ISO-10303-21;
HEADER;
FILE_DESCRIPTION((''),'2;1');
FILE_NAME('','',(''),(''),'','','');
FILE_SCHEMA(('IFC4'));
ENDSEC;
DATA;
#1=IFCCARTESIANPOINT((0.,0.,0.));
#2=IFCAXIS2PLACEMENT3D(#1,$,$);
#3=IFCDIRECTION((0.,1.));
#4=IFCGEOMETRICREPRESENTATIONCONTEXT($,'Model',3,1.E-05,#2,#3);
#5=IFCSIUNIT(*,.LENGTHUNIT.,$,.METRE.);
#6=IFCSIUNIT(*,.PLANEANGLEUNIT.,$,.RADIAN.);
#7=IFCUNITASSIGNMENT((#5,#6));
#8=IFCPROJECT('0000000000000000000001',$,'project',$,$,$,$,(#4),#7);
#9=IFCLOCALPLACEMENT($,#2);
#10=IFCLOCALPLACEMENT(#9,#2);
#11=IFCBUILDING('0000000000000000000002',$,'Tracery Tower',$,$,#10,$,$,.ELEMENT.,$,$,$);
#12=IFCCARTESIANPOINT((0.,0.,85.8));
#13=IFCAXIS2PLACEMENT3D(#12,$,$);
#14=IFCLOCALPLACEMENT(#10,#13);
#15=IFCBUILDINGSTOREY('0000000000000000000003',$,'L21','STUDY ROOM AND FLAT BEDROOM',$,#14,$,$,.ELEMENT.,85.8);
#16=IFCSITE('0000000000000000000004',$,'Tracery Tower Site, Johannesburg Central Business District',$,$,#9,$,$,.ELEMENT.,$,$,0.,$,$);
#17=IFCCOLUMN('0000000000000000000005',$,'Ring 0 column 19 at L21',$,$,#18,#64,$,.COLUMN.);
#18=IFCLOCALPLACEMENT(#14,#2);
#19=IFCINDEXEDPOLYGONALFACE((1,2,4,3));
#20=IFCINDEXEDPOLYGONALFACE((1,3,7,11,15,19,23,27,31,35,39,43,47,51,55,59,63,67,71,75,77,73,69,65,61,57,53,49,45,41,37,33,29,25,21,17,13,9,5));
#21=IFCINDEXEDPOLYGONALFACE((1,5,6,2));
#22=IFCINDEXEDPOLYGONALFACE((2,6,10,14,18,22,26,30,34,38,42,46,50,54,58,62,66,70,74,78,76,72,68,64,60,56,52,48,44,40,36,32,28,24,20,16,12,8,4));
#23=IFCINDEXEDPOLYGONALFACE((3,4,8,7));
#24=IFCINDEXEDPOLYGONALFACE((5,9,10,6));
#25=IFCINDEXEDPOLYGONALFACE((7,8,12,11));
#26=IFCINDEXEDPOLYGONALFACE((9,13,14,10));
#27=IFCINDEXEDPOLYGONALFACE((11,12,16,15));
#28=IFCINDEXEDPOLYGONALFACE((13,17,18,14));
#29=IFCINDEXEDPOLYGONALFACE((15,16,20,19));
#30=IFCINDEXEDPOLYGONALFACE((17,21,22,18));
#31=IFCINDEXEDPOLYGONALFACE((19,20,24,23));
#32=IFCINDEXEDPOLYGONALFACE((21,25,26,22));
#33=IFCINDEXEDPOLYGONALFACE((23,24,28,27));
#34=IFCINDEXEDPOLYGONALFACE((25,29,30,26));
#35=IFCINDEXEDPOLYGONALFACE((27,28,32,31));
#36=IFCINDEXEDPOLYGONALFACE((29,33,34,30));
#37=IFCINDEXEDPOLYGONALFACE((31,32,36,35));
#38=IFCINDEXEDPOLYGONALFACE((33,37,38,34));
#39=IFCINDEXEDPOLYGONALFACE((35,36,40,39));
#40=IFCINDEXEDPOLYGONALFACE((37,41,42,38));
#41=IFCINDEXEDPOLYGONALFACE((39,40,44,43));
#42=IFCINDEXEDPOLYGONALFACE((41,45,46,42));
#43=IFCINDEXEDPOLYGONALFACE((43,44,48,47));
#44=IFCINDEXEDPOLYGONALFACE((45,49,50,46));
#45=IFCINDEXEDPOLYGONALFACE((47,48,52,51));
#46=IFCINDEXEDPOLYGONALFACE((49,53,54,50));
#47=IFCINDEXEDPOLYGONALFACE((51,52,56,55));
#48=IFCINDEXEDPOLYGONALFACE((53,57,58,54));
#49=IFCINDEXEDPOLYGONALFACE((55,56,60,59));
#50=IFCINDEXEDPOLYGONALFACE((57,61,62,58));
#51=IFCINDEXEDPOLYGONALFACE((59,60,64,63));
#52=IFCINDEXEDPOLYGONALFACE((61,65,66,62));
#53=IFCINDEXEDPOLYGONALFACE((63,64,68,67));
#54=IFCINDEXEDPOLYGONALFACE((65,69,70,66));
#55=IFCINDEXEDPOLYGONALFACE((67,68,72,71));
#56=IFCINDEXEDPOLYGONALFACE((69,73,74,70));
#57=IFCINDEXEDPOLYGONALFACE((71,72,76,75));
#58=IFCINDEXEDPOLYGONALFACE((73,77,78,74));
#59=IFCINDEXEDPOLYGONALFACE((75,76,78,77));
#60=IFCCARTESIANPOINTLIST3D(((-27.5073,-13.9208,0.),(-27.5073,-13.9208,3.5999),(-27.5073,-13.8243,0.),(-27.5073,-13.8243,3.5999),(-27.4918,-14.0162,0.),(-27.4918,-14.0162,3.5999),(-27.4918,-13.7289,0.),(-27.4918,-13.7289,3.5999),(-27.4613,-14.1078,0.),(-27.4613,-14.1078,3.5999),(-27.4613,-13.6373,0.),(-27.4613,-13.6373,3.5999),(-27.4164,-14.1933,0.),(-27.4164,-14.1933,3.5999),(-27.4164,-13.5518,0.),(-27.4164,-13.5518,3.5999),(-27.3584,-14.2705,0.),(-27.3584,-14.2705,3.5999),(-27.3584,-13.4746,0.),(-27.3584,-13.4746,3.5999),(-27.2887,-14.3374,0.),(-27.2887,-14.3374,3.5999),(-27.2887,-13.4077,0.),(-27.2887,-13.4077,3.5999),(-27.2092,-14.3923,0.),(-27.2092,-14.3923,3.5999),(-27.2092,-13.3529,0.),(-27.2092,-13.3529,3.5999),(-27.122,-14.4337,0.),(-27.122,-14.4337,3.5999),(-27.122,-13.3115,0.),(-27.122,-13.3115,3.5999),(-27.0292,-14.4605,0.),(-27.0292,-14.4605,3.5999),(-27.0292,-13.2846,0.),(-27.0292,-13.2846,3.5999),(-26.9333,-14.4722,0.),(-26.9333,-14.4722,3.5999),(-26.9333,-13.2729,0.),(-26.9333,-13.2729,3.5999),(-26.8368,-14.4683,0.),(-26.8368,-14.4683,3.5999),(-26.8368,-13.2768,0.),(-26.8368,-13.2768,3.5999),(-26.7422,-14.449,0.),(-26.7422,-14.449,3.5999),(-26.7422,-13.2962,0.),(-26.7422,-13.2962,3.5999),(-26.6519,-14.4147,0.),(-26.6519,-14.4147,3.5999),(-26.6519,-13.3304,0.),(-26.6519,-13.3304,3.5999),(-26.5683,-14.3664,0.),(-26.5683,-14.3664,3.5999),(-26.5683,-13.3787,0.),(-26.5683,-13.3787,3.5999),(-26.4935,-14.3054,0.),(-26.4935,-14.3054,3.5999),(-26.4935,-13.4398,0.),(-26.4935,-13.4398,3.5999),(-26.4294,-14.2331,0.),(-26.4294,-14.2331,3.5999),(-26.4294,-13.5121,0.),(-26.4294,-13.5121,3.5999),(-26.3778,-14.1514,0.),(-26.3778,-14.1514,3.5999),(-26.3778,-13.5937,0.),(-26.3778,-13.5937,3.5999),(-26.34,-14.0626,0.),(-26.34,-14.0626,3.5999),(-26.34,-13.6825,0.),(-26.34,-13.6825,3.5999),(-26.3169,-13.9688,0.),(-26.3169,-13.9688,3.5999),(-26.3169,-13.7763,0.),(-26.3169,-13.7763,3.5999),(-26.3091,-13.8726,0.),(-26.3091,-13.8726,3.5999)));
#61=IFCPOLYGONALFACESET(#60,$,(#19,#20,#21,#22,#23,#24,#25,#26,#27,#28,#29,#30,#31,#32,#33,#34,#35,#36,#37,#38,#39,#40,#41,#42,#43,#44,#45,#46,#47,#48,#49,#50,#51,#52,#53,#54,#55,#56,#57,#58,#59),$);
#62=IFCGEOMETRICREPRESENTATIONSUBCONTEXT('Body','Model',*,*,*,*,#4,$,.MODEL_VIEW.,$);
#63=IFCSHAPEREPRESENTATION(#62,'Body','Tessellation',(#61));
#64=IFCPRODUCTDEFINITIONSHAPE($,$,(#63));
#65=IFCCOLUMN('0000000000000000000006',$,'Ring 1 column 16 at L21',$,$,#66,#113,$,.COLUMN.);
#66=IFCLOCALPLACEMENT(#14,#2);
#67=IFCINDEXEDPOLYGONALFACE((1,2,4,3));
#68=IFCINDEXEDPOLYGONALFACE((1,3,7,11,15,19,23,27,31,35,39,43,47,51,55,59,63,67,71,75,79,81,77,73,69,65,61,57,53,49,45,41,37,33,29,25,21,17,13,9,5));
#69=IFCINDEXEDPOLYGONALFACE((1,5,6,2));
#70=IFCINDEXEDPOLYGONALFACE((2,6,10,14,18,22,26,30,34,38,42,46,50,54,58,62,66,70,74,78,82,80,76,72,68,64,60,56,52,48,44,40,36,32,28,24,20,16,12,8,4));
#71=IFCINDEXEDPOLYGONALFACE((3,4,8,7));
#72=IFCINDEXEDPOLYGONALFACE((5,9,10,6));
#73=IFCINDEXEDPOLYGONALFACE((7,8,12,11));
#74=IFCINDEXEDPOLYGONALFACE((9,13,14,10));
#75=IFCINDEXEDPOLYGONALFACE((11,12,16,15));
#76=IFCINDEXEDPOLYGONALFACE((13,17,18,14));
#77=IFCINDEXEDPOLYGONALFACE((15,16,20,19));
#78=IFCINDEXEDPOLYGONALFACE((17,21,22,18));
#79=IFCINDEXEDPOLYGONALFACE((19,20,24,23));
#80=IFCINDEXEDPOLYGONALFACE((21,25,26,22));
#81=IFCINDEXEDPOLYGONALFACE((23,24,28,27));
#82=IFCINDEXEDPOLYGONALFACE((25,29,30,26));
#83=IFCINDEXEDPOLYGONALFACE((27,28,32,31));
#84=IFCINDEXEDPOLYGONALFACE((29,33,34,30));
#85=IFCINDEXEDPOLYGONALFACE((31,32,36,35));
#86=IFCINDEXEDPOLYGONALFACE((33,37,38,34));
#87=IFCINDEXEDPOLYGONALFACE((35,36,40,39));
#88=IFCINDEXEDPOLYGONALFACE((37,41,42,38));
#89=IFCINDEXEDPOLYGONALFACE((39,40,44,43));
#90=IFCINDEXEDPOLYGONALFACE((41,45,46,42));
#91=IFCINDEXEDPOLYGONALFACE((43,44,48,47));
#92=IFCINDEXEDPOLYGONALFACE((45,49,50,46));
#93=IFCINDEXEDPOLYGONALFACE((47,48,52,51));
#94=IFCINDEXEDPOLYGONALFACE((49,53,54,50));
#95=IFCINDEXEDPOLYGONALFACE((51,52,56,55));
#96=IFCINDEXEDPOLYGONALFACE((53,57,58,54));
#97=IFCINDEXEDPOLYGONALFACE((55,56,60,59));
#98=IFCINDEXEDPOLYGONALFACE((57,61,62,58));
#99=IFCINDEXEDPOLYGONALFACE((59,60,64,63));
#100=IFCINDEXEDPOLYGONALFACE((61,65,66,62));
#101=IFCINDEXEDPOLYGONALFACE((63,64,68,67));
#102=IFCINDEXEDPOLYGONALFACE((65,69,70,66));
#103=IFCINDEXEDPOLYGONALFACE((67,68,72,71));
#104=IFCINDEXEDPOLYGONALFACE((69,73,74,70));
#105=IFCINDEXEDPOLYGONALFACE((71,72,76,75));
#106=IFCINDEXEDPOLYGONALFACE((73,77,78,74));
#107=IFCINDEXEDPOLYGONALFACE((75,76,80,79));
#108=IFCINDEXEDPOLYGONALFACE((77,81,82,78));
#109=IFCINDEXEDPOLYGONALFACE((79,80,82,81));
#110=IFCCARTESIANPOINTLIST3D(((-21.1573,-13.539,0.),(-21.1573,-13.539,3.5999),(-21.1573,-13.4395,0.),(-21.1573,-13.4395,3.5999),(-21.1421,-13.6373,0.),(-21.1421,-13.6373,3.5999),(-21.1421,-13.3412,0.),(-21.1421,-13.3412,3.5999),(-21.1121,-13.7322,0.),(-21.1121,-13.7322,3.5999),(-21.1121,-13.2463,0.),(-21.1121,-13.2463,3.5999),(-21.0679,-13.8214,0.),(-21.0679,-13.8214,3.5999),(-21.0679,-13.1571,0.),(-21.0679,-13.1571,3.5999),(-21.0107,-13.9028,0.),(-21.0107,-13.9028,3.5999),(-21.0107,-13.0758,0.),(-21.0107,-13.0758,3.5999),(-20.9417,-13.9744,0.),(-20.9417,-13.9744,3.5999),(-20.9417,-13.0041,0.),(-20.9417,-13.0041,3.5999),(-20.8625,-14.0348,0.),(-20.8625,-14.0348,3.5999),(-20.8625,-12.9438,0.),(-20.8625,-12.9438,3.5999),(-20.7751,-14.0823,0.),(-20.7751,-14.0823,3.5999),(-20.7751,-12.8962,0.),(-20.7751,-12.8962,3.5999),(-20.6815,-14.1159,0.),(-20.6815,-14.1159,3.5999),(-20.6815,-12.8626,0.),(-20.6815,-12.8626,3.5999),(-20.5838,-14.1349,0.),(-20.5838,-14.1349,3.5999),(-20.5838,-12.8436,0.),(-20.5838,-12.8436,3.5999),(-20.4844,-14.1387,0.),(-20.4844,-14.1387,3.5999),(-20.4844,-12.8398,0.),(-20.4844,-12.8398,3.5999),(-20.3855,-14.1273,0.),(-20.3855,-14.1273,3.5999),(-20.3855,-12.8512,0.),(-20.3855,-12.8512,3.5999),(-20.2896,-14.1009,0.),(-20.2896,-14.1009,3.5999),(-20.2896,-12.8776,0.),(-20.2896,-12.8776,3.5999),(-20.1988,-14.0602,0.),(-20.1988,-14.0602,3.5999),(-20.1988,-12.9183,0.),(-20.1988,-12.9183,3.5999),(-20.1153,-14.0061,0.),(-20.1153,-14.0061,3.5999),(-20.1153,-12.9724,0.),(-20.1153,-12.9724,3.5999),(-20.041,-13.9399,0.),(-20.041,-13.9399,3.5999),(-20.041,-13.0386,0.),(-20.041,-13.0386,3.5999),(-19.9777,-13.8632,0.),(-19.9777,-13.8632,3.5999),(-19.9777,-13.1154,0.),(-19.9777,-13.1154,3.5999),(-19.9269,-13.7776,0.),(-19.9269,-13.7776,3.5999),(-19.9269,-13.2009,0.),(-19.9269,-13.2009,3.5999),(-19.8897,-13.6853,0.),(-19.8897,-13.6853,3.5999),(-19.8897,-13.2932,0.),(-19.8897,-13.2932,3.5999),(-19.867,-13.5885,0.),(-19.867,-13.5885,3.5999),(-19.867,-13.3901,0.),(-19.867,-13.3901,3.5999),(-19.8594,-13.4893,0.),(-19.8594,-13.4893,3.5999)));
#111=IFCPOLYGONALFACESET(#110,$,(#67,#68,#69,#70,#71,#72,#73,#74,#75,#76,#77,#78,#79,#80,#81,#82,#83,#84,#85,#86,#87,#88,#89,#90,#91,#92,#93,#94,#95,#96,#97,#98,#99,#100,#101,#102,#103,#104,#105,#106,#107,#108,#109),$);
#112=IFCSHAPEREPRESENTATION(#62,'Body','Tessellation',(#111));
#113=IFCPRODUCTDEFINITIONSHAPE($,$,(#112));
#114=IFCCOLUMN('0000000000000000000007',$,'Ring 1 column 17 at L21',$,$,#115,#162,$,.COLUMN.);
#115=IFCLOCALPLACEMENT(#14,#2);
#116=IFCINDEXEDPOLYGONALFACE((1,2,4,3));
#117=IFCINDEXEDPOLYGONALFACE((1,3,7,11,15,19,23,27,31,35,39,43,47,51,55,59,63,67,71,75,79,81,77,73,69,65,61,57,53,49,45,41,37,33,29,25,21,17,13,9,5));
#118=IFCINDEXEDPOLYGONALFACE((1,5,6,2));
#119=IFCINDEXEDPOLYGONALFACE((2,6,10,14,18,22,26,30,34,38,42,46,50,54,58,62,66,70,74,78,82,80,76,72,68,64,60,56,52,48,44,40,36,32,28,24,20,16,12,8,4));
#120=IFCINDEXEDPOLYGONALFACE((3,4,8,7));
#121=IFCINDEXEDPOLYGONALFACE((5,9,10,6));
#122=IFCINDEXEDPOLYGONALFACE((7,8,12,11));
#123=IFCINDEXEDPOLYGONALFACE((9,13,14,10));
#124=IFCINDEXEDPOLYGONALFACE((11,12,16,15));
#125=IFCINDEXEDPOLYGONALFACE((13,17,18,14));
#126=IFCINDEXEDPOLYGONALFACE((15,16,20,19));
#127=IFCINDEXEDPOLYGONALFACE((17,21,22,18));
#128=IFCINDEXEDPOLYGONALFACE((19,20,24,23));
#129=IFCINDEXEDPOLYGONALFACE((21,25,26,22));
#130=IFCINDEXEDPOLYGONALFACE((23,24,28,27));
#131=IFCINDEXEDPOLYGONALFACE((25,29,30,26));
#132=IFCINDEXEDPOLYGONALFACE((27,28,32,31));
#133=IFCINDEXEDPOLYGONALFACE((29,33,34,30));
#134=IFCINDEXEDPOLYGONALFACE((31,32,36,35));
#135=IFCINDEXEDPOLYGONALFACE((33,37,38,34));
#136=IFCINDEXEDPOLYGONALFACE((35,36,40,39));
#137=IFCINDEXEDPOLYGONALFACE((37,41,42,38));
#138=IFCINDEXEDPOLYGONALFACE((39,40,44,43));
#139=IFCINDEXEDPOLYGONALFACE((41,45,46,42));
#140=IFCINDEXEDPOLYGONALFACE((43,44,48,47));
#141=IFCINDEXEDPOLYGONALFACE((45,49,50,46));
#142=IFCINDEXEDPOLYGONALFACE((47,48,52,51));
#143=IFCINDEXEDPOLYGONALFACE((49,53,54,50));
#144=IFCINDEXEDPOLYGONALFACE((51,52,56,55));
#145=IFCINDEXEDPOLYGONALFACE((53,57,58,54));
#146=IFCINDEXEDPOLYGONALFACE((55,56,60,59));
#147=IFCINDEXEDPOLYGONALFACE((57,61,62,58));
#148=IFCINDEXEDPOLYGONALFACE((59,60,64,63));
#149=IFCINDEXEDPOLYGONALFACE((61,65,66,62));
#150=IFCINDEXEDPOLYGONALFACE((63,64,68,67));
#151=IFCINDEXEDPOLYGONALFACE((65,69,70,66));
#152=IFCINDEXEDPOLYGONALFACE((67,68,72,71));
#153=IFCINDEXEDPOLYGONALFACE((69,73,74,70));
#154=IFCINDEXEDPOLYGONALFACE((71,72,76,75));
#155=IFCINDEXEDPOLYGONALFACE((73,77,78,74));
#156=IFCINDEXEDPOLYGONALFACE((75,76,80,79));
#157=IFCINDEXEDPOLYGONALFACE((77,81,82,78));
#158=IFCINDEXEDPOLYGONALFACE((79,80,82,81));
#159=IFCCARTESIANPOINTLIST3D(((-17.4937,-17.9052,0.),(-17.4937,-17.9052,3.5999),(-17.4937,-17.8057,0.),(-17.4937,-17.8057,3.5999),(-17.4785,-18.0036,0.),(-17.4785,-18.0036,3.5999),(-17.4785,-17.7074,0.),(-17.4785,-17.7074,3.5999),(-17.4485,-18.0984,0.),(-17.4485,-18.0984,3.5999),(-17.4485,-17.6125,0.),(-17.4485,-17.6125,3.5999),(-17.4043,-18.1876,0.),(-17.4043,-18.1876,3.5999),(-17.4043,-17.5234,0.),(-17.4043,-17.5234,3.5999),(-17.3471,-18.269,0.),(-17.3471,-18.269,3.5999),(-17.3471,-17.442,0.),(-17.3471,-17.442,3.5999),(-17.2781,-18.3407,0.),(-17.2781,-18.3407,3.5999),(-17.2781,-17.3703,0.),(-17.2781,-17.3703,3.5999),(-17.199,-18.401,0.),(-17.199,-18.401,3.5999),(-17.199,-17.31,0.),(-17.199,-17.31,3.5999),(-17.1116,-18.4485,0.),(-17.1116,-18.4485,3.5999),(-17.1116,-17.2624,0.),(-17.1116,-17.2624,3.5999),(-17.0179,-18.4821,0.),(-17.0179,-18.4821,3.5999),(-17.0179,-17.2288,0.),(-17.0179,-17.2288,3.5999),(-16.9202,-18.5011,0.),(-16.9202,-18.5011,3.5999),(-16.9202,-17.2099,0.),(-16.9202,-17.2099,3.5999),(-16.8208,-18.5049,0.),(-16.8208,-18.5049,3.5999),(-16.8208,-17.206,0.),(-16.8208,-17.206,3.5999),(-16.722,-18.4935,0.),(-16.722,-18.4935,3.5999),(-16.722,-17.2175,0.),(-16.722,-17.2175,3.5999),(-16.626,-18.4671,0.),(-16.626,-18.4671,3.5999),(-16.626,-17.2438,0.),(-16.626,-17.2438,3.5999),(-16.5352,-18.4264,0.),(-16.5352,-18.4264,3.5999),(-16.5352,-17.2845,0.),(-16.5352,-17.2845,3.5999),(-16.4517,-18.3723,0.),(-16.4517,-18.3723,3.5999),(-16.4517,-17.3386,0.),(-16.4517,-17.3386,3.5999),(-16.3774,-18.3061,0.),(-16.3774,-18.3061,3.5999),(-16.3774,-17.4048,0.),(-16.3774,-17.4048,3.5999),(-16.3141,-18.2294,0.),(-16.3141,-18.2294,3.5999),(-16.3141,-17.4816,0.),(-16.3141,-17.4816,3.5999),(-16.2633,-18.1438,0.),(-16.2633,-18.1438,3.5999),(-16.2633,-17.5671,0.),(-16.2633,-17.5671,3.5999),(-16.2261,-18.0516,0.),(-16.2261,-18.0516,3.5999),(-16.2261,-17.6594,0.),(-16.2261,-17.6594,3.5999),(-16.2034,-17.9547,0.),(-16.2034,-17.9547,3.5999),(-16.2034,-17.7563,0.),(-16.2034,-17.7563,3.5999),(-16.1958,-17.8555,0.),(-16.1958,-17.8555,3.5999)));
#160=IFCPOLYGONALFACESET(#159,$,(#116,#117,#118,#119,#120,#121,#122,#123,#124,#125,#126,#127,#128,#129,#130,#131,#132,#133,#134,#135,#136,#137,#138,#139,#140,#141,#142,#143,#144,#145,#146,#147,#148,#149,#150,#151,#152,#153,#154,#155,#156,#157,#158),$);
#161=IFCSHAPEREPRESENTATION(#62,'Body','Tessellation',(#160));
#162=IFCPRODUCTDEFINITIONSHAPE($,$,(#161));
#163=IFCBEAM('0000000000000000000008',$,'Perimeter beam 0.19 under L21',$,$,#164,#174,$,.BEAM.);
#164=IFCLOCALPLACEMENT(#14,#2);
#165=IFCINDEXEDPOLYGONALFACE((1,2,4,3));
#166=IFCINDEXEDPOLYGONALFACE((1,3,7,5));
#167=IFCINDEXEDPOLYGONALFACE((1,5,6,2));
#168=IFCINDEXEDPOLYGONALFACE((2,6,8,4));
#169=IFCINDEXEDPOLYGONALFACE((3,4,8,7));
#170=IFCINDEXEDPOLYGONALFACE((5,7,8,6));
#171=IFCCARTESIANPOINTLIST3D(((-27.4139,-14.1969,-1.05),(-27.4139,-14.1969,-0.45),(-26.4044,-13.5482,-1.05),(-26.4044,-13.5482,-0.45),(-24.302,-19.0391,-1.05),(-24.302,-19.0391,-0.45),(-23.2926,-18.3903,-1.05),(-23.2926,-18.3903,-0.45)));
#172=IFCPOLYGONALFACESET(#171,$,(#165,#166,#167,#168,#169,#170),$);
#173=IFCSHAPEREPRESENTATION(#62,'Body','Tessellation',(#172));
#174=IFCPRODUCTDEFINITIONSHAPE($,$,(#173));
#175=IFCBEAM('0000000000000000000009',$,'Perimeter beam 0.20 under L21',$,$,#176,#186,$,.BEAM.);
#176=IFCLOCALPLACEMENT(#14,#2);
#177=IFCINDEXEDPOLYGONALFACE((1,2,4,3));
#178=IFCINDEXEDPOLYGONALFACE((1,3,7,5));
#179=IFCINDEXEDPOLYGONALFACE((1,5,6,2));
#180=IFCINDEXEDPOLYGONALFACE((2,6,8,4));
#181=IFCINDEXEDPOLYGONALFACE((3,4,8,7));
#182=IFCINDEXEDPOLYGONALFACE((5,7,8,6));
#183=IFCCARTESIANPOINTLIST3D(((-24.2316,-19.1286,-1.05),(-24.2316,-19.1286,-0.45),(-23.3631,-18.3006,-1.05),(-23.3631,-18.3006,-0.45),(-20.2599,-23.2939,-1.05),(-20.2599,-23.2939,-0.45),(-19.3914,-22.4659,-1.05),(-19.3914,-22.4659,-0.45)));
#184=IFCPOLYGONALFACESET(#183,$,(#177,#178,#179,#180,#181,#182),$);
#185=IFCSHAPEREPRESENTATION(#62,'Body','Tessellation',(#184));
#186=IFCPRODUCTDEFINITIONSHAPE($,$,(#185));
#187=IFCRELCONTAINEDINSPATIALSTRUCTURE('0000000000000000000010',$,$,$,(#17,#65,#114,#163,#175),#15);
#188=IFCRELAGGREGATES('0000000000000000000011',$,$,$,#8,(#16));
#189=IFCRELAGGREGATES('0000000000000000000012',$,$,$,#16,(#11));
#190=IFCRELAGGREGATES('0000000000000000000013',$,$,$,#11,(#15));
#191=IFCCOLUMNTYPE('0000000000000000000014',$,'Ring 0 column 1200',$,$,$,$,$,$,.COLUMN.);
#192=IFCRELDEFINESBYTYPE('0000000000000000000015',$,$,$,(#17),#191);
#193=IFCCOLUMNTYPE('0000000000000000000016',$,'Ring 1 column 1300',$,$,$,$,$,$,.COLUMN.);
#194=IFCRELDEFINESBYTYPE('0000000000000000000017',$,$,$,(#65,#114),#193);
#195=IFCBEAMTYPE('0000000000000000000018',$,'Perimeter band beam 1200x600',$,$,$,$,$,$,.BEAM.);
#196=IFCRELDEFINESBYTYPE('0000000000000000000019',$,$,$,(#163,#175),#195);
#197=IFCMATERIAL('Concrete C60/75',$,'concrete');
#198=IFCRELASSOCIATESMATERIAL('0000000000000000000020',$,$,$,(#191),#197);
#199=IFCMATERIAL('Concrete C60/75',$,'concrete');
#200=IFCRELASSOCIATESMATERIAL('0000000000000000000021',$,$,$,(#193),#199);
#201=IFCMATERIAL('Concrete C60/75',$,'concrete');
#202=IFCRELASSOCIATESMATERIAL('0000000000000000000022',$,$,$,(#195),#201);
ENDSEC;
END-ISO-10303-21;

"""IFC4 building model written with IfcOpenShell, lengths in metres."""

from ifc_helpers import new_model, si_unit, direction, frame, origin, origin_2d, place, context, subcontext, project, spatial, rectangle, circle, extrude, material, material_profile, profile_set, type_object, element, save


model = new_model("IFC4")

# Units and contexts
model_context = context("Model", 3, precision=1e-05, world=origin(), true_north=direction((0.0, 1.0)))
body_context = subcontext(model_context, "Body", "Model", "MODEL_VIEW")
ifc_project = project(units=[si_unit("LENGTHUNIT", "METRE"), si_unit("PLANEANGLEUNIT", "RADIAN")], contexts=[model_context])

# Site, building, storey
site_placement = place(None, origin())
site = spatial("IfcSite", under=ifc_project, at=site_placement, Name="Tracery Tower Site, Johannesburg Central Business District", CompositionType="ELEMENT", RefElevation=0.0)
building_placement = place(site_placement, origin())
building = spatial("IfcBuilding", under=site, at=building_placement, Name="Tracery Tower", CompositionType="ELEMENT")
storey_placement = place(building_placement, frame((0.0, 0.0, 85.8)))
storey = spatial("IfcBuildingStorey", under=building, at=storey_placement, Name="L21", Description="STUDY ROOM AND FLAT BEDROOM", CompositionType="ELEMENT", Elevation=85.8)

# Columns
ifc_material_1 = material(Name="Concrete C60/75", Category="concrete")
ifc_material_profile_1 = material_profile(ifc_material_1, circle(Radius=0.6001, at=origin_2d()), Name="RC D1200")
ifc_profile_set_1 = profile_set([ifc_material_profile_1], Name="Concrete C60/75")
column_type_1 = type_object("IfcColumnType", Name="Ring 0 column 1200", PredefinedType="COLUMN", material=ifc_profile_set_1)
column_placement = place(storey_placement, frame((-26.9092, -13.8726, 0.0), z_axis=(0.0, 0.0, 1.0), x_axis=(1.0, 0.0, 0.0)))
element("IfcColumn", 1, at=column_placement, inside=storey, type_object=column_type_1, Name="Ring 0 column 19 at L21", PredefinedType="COLUMN", context=body_context, shape_type="SweptSolid", body=[
    extrude(circle(Radius=0.6001, at=origin_2d()), origin(), (0.0, 0.0, 1.0), 3.5999),
])
ifc_material_2 = material(Name="Concrete C60/75", Category="concrete")
ifc_material_profile_2 = material_profile(ifc_material_2, circle(Radius=0.6499, at=origin_2d()), Name="RC D1300")
ifc_profile_set_2 = profile_set([ifc_material_profile_2], Name="Concrete C60/75")
column_type_2 = type_object("IfcColumnType", Name="Ring 1 column 1300", PredefinedType="COLUMN", material=ifc_profile_set_2)
for number, where, z_axis, x_axis, name in (
    (2, (-20.5093, -13.4893, 0.0), (0.0, 0.0, 1.0), (1.0, 0.0, 0.0), "Ring 1 column 16 at L21"),
    (3, (-16.8457, -17.8555, 0.0), (0.0, 0.0, 1.0), (1.0, 0.0, 0.0), "Ring 1 column 17 at L21"),
):
    element("IfcColumn", number, at=place(storey_placement, frame(where, z_axis=z_axis, x_axis=x_axis)), inside=storey, type_object=column_type_2, Name=name, PredefinedType="COLUMN", context=body_context, shape_type="SweptSolid", body=[
        extrude(circle(Radius=0.6499, at=origin_2d()), origin(), (0.0, 0.0, 1.0), 3.5999),
    ])

# Beams
ifc_material_3 = material(Name="Concrete C60/75", Category="concrete")
ifc_material_profile_3 = material_profile(ifc_material_3, rectangle(XDim=1.2, YDim=0.6001, at=origin_2d()), Name="RC 1200x600")
ifc_profile_set_3 = profile_set([ifc_material_profile_3], Name="Concrete C60/75")
beam_type = type_object("IfcBeamType", Name="Perimeter band beam 1200x600", PredefinedType="BEAM", material=ifc_profile_set_3)
beam_1_placement = place(storey_placement, frame((-26.9092, -13.8726, -0.75), z_axis=(0.540644, -0.841252, 0.0), x_axis=(0.841252, 0.540644, 0.0)))
element("IfcBeam", 4, at=beam_1_placement, inside=storey, type_object=beam_type, Name="Perimeter beam 0.19 under L21", PredefinedType="BEAM", context=body_context, shape_type="SweptSolid", body=[
    extrude(rectangle(XDim=1.2, YDim=0.6001, at=origin_2d()), origin(), (0.0, 0.0, 1.0), 5.7559),
])
beam_2_placement = place(storey_placement, frame((-23.7974, -18.7146, -0.75), z_axis=(0.690087, -0.723726, 0.0), x_axis=(0.723726, 0.690087, 0.0)))
element("IfcBeam", 5, at=beam_2_placement, inside=storey, type_object=beam_type, Name="Perimeter beam 0.20 under L21", PredefinedType="BEAM", context=body_context, shape_type="SweptSolid", body=[
    extrude(rectangle(XDim=1.2, YDim=0.6001, at=origin_2d()), origin(), (0.0, 0.0, 1.0), 5.7554),
])

save(model, "model.ifc")
